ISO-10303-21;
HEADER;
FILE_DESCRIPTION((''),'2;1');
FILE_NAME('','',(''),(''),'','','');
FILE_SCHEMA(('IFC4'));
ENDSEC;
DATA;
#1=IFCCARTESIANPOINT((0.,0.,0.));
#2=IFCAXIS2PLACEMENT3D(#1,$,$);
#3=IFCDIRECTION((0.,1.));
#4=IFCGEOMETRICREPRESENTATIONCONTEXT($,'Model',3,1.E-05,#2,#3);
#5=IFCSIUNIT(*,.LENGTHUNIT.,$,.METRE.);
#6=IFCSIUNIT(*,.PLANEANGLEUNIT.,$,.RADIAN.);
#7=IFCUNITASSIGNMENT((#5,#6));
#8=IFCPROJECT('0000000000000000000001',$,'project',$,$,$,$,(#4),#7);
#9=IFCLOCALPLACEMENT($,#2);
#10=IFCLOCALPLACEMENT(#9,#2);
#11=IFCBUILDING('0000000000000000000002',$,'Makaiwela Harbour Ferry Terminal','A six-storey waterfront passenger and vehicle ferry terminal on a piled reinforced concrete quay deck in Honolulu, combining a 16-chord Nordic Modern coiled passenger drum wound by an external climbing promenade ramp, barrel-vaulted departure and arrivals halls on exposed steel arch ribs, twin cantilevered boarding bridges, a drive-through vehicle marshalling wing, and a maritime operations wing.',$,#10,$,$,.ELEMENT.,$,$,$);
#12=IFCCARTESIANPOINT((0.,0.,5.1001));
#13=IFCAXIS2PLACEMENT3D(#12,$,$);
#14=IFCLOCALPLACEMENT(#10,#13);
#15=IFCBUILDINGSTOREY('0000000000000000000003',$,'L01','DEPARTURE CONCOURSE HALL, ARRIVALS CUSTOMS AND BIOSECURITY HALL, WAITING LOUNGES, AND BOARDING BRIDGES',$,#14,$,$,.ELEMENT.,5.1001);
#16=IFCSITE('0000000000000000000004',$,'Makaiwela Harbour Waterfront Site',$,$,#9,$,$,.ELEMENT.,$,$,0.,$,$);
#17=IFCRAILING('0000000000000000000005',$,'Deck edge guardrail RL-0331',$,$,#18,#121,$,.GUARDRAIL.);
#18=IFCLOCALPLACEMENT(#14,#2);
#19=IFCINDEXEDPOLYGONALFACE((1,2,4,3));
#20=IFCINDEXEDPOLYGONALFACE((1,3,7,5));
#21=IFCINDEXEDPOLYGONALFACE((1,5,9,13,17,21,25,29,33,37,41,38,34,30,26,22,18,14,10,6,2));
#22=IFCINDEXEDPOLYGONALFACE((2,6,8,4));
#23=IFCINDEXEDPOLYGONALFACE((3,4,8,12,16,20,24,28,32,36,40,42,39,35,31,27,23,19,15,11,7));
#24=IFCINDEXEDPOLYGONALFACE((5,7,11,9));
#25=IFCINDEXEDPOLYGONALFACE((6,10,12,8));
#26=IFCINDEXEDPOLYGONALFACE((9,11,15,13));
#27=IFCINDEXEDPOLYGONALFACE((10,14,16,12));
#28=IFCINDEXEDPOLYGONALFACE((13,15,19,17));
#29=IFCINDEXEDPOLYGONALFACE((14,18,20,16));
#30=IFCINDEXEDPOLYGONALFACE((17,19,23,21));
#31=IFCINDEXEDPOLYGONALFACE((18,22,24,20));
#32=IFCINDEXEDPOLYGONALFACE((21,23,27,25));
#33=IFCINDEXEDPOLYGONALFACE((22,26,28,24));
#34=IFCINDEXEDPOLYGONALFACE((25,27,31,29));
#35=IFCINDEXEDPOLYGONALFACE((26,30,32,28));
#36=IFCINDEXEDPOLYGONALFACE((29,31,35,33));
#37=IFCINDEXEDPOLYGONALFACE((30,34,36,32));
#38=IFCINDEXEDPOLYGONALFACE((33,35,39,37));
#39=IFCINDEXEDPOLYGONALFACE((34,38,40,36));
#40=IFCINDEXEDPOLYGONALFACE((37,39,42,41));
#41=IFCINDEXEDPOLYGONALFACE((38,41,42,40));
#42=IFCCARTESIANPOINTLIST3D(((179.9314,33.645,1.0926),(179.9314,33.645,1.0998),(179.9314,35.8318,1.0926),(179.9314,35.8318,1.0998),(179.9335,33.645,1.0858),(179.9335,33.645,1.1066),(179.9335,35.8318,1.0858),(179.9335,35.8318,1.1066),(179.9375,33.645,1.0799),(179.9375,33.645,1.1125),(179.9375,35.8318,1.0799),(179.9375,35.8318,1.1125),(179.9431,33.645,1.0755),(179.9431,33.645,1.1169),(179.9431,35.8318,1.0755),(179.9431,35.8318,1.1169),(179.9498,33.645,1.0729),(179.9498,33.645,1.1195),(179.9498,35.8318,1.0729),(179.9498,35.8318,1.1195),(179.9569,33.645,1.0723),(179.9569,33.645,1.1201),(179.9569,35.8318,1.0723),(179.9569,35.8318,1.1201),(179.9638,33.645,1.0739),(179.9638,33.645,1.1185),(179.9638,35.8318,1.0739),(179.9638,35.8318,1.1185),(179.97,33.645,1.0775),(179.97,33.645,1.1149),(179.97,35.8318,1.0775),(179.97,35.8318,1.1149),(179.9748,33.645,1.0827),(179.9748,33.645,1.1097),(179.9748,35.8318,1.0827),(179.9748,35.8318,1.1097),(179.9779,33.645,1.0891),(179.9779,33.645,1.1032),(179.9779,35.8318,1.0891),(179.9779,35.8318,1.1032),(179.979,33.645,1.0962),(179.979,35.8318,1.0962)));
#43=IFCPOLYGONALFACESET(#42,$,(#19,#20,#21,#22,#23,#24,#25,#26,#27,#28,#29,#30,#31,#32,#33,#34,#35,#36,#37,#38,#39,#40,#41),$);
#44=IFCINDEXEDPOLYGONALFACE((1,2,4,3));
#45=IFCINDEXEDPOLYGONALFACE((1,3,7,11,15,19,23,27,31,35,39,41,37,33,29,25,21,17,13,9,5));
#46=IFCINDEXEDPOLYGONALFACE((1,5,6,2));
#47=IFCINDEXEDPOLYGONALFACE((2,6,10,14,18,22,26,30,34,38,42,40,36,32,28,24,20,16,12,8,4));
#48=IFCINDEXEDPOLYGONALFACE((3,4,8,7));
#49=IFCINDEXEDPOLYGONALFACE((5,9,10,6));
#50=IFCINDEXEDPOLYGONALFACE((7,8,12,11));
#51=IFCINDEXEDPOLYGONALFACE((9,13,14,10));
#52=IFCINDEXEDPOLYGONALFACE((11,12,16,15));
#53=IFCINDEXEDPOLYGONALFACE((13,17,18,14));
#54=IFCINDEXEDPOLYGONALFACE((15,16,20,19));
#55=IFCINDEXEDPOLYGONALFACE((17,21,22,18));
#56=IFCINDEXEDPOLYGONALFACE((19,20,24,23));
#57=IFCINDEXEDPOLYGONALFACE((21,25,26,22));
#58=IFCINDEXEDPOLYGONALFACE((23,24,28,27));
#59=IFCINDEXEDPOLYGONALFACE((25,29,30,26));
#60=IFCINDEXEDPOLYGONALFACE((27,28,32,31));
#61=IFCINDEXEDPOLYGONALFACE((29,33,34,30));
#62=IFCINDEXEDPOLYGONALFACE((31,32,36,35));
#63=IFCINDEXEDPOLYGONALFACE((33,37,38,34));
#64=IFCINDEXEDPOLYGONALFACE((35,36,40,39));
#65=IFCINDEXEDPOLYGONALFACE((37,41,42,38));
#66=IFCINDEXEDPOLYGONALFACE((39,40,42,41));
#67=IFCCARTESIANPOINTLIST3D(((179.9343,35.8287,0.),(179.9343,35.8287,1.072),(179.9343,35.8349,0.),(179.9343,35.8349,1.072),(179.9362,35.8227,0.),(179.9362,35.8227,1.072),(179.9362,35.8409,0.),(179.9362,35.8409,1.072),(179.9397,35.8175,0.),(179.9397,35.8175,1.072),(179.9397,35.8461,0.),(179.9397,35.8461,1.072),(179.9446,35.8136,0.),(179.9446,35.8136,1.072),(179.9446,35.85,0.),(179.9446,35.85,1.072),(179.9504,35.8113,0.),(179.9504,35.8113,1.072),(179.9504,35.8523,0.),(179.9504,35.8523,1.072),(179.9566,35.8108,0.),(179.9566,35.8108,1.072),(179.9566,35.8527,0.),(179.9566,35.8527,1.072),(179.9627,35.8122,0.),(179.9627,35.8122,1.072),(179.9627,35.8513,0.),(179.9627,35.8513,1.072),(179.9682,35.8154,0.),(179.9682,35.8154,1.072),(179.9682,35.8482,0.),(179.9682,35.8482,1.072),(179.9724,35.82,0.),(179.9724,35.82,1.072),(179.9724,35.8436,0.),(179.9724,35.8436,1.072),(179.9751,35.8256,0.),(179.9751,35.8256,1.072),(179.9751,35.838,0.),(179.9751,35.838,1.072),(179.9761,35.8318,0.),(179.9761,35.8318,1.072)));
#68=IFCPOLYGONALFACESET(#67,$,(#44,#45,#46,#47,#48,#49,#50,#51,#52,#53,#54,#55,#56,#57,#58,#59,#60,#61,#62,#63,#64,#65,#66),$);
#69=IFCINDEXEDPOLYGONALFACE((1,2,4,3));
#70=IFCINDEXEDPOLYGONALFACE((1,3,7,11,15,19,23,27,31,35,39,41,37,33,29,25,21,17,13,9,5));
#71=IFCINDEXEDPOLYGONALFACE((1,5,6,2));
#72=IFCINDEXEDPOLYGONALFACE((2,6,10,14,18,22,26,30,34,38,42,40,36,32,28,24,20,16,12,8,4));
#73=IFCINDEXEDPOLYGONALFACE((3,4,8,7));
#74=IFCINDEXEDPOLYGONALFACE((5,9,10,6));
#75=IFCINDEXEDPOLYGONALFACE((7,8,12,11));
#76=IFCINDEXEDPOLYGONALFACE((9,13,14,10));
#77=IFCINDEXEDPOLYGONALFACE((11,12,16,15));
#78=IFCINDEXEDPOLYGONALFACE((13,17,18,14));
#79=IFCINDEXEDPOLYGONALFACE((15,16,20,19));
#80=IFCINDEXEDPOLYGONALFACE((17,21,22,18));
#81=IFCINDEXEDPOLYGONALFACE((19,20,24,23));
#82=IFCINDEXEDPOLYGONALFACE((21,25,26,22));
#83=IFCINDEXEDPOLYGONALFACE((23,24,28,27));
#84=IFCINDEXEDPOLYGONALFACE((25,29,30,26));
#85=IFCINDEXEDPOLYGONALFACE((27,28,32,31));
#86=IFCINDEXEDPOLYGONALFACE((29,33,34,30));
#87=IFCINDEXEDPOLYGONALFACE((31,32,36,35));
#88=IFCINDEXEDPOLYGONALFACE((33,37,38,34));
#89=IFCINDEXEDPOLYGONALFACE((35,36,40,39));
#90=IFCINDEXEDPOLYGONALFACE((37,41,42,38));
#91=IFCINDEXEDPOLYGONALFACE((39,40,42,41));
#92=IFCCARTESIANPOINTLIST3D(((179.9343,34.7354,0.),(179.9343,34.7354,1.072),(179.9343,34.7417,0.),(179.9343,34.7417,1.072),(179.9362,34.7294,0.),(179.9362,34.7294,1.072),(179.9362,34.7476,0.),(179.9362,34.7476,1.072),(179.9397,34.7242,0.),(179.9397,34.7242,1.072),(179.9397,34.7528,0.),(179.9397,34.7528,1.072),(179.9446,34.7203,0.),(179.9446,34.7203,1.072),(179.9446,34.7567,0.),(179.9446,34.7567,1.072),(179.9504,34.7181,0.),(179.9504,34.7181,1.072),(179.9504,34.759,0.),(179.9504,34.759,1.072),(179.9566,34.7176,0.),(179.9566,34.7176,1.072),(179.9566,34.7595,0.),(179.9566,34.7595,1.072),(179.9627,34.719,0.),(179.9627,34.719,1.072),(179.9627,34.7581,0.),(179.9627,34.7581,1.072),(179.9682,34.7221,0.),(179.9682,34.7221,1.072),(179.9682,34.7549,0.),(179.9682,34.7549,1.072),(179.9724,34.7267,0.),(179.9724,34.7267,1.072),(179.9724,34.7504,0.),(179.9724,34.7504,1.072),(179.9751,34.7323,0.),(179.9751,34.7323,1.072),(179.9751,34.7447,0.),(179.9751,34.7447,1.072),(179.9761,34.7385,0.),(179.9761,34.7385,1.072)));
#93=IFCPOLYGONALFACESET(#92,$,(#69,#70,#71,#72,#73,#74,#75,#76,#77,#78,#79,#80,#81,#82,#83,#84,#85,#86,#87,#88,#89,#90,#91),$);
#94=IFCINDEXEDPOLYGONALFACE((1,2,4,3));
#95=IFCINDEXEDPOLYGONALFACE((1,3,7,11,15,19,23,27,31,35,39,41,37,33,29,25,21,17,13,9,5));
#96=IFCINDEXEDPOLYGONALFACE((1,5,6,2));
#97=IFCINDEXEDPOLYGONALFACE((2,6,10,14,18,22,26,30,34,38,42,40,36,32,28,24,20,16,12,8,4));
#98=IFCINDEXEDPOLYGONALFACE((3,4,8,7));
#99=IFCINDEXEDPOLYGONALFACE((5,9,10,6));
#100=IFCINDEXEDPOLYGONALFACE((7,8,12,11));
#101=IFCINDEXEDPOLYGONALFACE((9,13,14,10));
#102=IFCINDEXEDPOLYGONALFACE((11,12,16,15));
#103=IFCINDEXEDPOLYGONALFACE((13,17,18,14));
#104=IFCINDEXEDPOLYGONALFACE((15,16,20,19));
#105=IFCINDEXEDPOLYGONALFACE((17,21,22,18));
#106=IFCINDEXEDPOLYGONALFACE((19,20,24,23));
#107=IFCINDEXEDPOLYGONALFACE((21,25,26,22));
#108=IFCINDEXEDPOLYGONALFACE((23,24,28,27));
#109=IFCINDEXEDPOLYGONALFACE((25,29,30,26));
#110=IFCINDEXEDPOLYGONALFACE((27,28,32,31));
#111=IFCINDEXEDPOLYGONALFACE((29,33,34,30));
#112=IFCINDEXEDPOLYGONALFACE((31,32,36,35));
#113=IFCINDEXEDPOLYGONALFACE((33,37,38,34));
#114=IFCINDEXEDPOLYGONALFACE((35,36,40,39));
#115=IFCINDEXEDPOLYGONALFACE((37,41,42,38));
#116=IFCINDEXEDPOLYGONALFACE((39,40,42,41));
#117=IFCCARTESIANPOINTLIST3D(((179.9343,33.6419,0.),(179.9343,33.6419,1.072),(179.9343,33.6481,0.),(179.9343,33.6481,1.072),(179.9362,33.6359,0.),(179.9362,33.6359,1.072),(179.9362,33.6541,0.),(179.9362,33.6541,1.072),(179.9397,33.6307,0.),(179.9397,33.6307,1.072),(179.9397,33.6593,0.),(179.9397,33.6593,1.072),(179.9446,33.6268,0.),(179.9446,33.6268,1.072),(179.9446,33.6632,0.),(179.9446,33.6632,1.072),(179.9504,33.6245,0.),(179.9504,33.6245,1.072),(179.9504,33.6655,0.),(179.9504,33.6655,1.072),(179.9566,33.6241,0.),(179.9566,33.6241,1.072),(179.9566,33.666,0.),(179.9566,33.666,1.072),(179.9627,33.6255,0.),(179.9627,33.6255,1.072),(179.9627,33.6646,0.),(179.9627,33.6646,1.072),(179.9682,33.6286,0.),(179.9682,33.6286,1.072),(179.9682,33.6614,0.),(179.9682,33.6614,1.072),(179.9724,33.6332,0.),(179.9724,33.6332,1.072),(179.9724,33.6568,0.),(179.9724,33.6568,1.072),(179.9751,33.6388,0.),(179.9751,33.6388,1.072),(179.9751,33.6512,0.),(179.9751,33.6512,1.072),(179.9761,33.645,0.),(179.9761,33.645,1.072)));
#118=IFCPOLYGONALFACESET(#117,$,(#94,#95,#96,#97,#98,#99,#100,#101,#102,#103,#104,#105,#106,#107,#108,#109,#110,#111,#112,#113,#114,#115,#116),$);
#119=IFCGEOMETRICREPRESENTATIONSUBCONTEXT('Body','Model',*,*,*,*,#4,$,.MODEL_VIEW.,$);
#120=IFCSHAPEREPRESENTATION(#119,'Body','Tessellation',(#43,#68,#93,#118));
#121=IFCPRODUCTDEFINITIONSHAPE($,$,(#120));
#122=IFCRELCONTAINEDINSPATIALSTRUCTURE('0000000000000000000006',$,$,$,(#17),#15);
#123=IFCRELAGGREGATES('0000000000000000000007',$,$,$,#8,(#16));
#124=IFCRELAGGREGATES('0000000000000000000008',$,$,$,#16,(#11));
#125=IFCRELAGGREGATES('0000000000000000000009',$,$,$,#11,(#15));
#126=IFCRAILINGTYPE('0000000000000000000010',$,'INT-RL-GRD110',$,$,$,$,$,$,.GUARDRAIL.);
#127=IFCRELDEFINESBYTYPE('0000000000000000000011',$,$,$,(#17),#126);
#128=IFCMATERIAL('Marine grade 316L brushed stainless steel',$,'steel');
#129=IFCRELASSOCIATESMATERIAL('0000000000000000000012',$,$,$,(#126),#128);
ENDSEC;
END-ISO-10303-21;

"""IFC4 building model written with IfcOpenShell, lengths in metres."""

from ifc_helpers import new_model, si_unit, direction, frame, origin, origin_2d, place, context, subcontext, project, spatial, circle, extrude, material, type_object, element, save


model = new_model("IFC4")

# Units and contexts
model_context = context("Model", 3, precision=1e-05, world=origin(), true_north=direction((0.0, 1.0)))
body_context = subcontext(model_context, "Body", "Model", "MODEL_VIEW")
ifc_project = project(units=[si_unit("LENGTHUNIT", "METRE"), si_unit("PLANEANGLEUNIT", "RADIAN")], contexts=[model_context])

# Site, building, storey
site_placement = place(None, origin())
site = spatial("IfcSite", under=ifc_project, at=site_placement, Name="Makaiwela Harbour Waterfront Site", CompositionType="ELEMENT", RefElevation=0.0)
building_placement = place(site_placement, origin())
building = spatial("IfcBuilding", under=site, at=building_placement, Name="Makaiwela Harbour Ferry Terminal", Description="A six-storey waterfront passenger and vehicle ferry terminal on a piled reinforced concrete quay deck in Honolulu, combining a 16-chord Nordic Modern coiled passenger drum wound by an external climbing promenade ramp, barrel-vaulted departure and arrivals halls on exposed steel arch ribs, twin cantilevered boarding bridges, a drive-through vehicle marshalling wing, and a maritime operations wing.", CompositionType="ELEMENT")
storey_placement = place(building_placement, frame((0.0, 0.0, 5.1001)))
storey = spatial("IfcBuildingStorey", under=building, at=storey_placement, Name="L01", Description="DEPARTURE CONCOURSE HALL, ARRIVALS CUSTOMS AND BIOSECURITY HALL, WAITING LOUNGES, AND BOARDING BRIDGES", CompositionType="ELEMENT", Elevation=5.1001)

# Railing
ifc_material_1 = material(Name="Marine grade 316L brushed stainless steel", Category="steel")
railing_type = type_object("IfcRailingType", Name="INT-RL-GRD110", PredefinedType="GUARDRAIL", material=ifc_material_1)
railing_1_placement = place(storey_placement, frame((179.9551, 35.8318, 0.0)))
element("IfcRailing", 1, at=railing_1_placement, inside=storey, type_object=railing_type, Name="Deck edge guardrail RL-0331", PredefinedType="GUARDRAIL", context=body_context, shape_type="SweptSolid", body=[
    extrude(circle(Radius=0.0239, at=origin_2d()), frame((0.0, 0.0, 1.0962), z_axis=(0.0, -1.0, 0.0), x_axis=(1.0, 0.0, 0.0)), (0.0, 0.0, 1.0), 2.1868),
    extrude(circle(Radius=0.021, at=origin_2d()), origin(), (0.0, 0.0, 1.0), 1.072),
    extrude(circle(Radius=0.021, at=origin_2d()), frame((0.0, -1.0933, 0.0)), (0.0, 0.0, 1.0), 1.072),
    extrude(circle(Radius=0.021, at=origin_2d()), frame((0.0, -2.1868, 0.0)), (0.0, 0.0, 1.0), 1.072),
])

save(model, "model.ifc")
